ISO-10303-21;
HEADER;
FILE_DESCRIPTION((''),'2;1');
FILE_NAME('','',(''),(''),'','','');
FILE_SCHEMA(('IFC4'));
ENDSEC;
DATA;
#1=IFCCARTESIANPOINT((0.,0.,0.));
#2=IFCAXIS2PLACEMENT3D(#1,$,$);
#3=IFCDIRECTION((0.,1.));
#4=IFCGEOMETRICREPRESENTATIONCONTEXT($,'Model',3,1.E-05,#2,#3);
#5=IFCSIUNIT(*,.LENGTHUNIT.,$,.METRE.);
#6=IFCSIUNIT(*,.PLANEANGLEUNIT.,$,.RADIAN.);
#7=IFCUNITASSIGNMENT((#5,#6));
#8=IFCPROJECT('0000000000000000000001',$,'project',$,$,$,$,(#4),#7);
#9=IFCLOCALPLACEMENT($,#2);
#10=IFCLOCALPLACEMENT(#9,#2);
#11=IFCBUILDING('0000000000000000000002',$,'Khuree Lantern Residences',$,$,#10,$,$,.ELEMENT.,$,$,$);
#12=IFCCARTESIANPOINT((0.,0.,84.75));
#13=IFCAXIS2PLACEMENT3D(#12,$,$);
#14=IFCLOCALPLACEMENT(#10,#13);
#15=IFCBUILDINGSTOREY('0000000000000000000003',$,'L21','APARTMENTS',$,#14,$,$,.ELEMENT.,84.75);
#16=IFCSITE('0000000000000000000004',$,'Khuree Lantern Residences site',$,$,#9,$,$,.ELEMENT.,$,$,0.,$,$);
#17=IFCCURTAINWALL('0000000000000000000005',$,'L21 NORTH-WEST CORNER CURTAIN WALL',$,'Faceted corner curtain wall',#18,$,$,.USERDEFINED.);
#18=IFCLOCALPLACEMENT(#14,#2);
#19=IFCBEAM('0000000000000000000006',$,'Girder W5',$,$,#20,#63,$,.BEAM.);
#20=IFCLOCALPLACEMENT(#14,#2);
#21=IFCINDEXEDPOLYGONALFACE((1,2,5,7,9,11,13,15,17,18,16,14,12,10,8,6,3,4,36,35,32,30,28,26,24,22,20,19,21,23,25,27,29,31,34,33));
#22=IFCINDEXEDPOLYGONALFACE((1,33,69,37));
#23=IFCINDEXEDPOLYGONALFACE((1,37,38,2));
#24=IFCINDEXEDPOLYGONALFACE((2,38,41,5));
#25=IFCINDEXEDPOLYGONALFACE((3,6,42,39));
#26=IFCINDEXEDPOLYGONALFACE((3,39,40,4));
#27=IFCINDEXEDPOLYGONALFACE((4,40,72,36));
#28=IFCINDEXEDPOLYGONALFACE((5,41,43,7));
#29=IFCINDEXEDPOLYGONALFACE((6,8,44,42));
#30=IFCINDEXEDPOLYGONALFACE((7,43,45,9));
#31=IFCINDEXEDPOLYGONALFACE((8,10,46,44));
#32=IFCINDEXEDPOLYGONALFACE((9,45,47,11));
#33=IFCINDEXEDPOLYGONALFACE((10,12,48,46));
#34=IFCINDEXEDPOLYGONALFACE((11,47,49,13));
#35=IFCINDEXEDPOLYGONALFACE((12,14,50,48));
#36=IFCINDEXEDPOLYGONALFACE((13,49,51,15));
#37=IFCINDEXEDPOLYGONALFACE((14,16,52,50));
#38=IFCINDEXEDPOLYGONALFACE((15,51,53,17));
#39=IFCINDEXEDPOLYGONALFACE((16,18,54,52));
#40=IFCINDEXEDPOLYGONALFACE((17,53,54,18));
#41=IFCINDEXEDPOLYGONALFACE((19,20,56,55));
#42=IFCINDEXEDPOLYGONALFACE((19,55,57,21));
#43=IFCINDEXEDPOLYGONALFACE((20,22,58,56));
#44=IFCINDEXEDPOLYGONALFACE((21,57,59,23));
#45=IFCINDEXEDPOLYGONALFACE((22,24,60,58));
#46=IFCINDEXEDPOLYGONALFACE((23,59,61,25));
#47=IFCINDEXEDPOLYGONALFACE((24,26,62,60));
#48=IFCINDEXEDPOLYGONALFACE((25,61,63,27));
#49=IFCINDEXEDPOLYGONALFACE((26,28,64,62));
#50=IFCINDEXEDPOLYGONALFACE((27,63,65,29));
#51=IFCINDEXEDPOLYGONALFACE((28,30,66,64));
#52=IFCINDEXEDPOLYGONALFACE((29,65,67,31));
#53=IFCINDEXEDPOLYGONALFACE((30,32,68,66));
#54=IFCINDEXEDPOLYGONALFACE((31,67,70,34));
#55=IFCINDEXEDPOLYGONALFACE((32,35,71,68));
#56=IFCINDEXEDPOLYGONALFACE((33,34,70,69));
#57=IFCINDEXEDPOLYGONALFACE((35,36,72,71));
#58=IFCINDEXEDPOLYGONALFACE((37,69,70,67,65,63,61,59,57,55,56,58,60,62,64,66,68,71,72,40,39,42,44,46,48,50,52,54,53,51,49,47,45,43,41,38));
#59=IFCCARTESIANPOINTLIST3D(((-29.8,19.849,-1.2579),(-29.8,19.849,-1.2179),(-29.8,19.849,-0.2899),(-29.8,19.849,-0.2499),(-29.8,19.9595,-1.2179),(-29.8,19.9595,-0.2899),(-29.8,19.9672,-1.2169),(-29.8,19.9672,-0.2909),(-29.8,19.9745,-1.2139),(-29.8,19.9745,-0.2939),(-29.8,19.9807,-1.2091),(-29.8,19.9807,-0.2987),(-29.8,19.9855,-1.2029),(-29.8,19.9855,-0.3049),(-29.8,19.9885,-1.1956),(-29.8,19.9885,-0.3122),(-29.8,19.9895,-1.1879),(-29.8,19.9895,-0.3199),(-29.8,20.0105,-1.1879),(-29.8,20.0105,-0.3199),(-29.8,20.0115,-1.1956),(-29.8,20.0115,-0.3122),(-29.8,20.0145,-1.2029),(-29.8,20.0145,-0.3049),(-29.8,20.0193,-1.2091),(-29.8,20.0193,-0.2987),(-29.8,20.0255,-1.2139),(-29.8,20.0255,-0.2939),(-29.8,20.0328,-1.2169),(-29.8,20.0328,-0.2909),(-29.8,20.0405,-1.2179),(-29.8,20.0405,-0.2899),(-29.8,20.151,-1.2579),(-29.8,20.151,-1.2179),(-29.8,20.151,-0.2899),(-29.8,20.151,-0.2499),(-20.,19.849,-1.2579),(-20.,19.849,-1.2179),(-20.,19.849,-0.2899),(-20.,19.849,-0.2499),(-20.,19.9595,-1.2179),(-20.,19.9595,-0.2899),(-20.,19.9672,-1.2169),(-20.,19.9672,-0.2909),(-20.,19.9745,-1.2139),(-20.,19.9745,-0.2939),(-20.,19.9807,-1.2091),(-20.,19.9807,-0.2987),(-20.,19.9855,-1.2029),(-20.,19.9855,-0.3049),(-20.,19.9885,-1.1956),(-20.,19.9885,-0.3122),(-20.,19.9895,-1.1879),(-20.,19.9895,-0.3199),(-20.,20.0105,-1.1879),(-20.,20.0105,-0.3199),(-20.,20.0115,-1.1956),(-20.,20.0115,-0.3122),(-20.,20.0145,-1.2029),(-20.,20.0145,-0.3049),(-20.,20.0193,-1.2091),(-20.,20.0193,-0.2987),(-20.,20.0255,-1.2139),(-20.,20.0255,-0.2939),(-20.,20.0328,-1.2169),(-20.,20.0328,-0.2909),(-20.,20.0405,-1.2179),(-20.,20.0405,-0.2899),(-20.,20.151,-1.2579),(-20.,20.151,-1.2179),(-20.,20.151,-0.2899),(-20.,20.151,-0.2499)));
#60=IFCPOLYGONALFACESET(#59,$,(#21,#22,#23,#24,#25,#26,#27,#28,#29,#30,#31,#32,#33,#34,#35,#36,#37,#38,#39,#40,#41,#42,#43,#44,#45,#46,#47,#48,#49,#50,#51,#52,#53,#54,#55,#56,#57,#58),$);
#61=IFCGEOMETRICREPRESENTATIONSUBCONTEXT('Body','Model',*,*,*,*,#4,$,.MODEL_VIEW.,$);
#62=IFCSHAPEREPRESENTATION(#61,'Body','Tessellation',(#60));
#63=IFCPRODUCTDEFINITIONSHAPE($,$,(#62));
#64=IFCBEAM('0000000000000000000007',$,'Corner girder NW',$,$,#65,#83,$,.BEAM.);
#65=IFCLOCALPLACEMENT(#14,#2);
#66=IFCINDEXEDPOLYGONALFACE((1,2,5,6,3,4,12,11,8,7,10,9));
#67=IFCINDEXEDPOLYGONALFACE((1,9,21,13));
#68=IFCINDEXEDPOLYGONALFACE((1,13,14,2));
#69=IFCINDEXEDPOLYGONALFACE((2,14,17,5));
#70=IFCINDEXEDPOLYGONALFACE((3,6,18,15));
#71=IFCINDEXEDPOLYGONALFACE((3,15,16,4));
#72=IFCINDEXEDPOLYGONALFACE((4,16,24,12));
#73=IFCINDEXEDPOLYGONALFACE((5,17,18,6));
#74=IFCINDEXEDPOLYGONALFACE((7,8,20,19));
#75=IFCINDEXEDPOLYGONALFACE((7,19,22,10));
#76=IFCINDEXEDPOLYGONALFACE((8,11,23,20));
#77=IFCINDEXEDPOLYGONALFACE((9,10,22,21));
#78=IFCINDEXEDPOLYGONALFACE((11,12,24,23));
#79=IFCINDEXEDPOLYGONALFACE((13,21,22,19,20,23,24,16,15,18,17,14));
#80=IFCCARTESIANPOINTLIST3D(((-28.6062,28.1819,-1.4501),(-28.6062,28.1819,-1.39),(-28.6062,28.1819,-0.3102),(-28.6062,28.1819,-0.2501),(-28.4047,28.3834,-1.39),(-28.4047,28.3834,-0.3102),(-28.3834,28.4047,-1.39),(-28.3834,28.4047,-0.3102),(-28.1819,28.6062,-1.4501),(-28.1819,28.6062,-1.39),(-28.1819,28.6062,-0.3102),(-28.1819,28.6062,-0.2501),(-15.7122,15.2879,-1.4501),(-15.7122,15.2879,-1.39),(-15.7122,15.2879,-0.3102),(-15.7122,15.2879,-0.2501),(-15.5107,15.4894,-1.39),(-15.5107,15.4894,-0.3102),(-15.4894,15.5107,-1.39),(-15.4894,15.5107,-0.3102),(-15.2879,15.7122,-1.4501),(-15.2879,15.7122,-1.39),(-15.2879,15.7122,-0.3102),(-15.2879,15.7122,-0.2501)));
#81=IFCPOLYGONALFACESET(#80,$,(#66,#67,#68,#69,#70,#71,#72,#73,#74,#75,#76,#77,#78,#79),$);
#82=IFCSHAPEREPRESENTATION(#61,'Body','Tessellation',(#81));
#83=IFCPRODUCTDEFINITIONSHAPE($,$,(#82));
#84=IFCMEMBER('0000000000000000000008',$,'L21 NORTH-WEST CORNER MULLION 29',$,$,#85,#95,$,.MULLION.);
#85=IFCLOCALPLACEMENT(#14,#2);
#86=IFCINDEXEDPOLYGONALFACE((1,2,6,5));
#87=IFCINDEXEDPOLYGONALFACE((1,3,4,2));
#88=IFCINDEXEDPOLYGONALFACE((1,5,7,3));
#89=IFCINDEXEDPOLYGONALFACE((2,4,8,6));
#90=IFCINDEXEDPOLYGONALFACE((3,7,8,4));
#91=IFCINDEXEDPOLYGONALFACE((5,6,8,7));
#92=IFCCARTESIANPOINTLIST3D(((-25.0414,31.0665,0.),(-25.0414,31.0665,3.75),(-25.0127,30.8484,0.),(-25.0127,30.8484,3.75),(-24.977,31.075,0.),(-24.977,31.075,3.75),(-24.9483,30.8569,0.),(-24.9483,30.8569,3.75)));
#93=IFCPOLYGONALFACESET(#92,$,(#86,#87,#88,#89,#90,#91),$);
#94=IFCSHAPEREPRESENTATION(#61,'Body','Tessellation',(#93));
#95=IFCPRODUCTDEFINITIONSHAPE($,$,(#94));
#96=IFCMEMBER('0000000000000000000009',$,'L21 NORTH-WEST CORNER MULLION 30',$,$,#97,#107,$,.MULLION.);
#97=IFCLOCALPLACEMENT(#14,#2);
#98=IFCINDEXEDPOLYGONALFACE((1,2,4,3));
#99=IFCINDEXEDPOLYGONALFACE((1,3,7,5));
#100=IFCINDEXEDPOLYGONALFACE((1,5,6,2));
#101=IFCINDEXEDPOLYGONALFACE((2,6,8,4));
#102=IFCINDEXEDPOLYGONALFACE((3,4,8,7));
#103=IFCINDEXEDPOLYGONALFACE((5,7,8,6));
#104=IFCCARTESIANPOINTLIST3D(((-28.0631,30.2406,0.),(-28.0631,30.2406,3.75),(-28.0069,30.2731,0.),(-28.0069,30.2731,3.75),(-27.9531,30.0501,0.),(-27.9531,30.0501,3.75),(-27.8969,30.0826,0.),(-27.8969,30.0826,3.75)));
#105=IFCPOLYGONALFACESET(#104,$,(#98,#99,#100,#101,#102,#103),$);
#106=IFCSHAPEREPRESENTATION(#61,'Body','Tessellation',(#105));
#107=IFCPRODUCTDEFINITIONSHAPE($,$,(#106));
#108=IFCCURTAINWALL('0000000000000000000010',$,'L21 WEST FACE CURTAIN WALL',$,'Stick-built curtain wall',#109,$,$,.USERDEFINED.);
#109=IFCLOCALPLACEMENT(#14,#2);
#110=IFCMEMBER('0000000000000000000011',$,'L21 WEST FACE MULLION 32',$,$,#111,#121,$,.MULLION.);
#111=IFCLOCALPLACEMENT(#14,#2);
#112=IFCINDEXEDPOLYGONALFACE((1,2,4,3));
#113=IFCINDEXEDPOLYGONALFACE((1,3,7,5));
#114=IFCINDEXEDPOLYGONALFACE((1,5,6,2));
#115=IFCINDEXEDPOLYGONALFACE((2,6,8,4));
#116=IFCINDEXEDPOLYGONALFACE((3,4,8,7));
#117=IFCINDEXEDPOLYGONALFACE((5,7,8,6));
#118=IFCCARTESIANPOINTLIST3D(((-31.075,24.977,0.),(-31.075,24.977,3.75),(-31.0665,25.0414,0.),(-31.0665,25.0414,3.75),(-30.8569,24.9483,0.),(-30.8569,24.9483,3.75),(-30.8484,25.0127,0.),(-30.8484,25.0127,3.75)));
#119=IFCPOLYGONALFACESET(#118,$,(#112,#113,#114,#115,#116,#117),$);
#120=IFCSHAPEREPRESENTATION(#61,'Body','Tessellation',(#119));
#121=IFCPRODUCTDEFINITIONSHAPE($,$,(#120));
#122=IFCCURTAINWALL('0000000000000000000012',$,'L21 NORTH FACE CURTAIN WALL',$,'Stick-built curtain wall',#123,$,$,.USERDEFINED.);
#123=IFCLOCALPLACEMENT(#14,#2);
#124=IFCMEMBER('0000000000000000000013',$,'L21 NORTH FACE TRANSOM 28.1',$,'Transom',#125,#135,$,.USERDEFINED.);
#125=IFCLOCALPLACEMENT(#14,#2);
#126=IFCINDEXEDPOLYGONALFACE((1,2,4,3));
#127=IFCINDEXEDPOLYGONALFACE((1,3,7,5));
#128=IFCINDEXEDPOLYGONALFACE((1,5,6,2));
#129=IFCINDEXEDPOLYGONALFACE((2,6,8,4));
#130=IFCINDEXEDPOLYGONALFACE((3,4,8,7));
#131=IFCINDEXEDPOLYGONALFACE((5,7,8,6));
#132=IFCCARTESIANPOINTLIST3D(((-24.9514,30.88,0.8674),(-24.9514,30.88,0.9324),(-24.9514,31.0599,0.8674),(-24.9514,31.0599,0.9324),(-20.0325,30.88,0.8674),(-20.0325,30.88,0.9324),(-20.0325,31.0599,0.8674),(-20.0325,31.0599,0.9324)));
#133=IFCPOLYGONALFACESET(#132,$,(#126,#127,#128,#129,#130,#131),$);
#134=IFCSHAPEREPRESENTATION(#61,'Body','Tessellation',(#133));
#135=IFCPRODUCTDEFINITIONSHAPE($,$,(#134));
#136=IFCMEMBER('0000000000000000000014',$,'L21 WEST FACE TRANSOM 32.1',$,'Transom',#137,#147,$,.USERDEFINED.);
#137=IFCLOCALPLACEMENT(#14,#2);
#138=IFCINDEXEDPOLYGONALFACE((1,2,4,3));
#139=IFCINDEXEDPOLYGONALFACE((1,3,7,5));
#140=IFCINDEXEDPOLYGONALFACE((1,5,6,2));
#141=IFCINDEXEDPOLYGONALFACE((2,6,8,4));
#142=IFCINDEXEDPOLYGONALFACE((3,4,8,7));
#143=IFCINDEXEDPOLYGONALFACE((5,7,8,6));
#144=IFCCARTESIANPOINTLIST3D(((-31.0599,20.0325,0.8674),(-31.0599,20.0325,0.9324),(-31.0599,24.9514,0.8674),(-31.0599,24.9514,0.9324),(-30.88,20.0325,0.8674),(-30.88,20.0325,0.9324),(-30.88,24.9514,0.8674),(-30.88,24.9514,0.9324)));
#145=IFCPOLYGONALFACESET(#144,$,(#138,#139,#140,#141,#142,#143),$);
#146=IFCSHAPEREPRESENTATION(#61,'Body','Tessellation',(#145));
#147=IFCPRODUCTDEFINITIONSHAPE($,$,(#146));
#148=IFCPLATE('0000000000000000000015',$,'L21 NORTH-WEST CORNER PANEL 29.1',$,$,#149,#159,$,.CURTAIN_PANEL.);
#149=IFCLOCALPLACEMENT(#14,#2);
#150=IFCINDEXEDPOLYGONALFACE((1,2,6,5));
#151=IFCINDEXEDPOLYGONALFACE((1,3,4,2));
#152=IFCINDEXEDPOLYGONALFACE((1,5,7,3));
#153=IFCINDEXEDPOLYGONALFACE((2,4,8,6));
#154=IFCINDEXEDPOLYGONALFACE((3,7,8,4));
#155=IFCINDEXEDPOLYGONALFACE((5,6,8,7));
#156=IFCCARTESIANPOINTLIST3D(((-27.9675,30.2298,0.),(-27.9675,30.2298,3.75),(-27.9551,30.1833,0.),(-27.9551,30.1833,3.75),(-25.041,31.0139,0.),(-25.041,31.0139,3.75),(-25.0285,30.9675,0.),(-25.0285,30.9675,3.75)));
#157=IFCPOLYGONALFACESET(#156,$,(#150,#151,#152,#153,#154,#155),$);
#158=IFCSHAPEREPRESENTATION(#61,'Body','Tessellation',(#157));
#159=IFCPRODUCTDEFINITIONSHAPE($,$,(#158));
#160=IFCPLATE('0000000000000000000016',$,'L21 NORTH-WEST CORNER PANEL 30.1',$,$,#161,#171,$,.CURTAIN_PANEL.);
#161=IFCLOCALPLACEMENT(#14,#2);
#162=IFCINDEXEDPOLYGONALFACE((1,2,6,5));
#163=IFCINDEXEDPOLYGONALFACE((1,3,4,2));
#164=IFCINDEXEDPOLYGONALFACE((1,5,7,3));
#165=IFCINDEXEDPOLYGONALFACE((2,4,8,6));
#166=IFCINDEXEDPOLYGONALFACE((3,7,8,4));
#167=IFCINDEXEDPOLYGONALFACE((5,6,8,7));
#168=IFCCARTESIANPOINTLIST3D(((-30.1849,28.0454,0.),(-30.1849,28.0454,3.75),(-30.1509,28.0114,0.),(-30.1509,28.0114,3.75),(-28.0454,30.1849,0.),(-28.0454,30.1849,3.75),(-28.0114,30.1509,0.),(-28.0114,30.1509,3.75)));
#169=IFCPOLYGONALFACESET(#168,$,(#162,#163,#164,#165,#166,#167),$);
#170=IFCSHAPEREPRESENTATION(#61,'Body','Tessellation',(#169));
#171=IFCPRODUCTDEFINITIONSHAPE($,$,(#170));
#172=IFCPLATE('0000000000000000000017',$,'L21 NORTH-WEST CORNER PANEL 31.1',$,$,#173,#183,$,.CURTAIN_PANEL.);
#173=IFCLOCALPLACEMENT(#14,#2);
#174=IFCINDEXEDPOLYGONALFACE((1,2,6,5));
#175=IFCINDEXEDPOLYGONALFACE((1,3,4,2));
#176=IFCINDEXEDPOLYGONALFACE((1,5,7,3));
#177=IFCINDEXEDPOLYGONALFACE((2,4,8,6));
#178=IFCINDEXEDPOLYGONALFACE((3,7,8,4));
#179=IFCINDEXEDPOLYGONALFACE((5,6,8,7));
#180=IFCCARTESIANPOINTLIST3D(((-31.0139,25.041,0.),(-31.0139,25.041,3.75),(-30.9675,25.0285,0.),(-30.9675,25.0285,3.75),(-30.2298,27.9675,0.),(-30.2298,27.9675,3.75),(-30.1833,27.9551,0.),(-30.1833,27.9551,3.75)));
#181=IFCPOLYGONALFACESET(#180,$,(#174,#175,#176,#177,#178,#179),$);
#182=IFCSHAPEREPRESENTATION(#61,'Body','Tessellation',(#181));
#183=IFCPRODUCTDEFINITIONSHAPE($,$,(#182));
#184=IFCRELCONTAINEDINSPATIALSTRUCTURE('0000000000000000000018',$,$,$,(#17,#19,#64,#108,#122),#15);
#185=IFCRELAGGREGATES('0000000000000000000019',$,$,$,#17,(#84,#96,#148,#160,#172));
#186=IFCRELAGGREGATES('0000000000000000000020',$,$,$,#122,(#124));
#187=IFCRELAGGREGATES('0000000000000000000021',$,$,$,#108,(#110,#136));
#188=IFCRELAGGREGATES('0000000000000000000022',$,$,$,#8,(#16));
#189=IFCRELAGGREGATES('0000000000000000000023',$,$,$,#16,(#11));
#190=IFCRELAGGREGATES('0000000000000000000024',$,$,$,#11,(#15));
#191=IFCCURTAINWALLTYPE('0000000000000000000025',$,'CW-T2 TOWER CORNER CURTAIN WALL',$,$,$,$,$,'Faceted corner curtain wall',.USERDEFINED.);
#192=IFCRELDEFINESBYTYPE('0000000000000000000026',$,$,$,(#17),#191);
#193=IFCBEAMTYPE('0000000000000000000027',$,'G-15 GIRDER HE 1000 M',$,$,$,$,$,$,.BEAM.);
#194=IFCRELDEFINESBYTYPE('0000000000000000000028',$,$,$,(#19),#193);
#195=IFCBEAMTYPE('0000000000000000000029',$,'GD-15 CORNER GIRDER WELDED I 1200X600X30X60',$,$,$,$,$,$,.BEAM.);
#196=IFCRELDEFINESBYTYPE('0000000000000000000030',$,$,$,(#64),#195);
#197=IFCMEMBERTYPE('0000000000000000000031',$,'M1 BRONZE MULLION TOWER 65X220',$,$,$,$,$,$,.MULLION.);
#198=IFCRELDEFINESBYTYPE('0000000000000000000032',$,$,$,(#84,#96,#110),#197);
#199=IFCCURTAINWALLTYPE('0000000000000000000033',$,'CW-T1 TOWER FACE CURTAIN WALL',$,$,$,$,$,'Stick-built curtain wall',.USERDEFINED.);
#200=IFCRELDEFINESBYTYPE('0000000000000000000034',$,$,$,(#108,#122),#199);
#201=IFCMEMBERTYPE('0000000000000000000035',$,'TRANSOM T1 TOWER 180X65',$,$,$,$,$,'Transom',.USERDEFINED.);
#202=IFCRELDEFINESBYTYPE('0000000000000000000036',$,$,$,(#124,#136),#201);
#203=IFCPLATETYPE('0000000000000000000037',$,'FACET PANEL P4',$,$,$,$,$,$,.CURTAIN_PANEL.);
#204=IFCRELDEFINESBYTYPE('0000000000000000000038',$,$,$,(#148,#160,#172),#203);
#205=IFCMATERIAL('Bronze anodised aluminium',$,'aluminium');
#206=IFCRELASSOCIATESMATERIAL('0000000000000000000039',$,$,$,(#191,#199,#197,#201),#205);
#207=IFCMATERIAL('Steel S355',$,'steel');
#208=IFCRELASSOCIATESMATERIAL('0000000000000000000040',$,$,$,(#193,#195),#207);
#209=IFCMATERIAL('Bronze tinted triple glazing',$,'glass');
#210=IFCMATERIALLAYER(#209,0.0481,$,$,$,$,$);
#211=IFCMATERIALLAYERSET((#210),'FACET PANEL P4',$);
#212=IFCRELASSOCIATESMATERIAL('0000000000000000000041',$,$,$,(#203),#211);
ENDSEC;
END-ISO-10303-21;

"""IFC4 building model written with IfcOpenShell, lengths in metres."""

from ifc_helpers import new_model, si_unit, direction, frame, origin, origin_2d, place, context, subcontext, project, spatial, rectangle, i_section, extrude, material, layer, layer_set, material_profile, profile_set, type_object, element, aggregate, save


model = new_model("IFC4")

# Units and contexts
model_context = context("Model", 3, precision=1e-05, world=origin(), true_north=direction((0.0, 1.0)))
body_context = subcontext(model_context, "Body", "Model", "MODEL_VIEW")
ifc_project = project(units=[si_unit("LENGTHUNIT", "METRE"), si_unit("PLANEANGLEUNIT", "RADIAN")], contexts=[model_context])

# Site, building, storey
site_placement = place(None, origin())
site = spatial("IfcSite", under=ifc_project, at=site_placement, Name="Khuree Lantern Residences site", CompositionType="ELEMENT", RefElevation=0.0)
building_placement = place(site_placement, origin())
building = spatial("IfcBuilding", under=site, at=building_placement, Name="Khuree Lantern Residences", CompositionType="ELEMENT")
storey_placement = place(building_placement, frame((0.0, 0.0, 84.75)))
storey = spatial("IfcBuildingStorey", under=building, at=storey_placement, Name="L21", Description="APARTMENTS", CompositionType="ELEMENT", Elevation=84.75)

# Shared definitions
ifc_material_1 = material(Name="Steel S355", Category="steel")

# Curtain wall
ifc_material_2 = material(Name="Bronze anodised aluminium", Category="aluminium")
curtain_wall_type_1 = type_object("IfcCurtainWallType", Name="CW-T2 TOWER CORNER CURTAIN WALL", ElementType="Faceted corner curtain wall", PredefinedType="USERDEFINED", material=ifc_material_2)
curtain_wall_1_placement = place(storey_placement, origin())
curtain_wall_1 = element("IfcCurtainWall", 1, at=curtain_wall_1_placement, inside=storey, type_object=curtain_wall_type_1, Name="L21 NORTH-WEST CORNER CURTAIN WALL", ObjectType="Faceted corner curtain wall", PredefinedType="USERDEFINED")

# Beams
ifc_material_profile_1 = material_profile(ifc_material_1, i_section(OverallWidth=0.302, OverallDepth=1.0081, WebThickness=0.021, FlangeThickness=0.04, FilletRadius=0.03, at=origin_2d()), Name="HE 1000 M")
ifc_profile_set_1 = profile_set([ifc_material_profile_1], Name="Steel S355")
beam_type_1 = type_object("IfcBeamType", Name="G-15 GIRDER HE 1000 M", PredefinedType="BEAM", material=ifc_profile_set_1)
for number, where, z_axis, x_axis, name in (
    (2, (-29.8, 20.0, -0.7539), (1.0, 0.0, 0.0), (0.0, 1.0, 0.0), "Girder W5"),
):
    element("IfcBeam", number, at=place(storey_placement, frame(where, z_axis=z_axis, x_axis=x_axis)), inside=storey, type_object=beam_type_1, Name=name, PredefinedType="BEAM", context=body_context, shape_type="SweptSolid", body=[
        extrude(i_section(OverallWidth=0.302, OverallDepth=1.0081, WebThickness=0.021, FlangeThickness=0.04, FilletRadius=0.03, at=origin_2d()), origin(), (0.0, 0.0, 1.0), 9.8),
    ])
ifc_material_profile_2 = material_profile(ifc_material_1, i_section(OverallWidth=0.6001, OverallDepth=1.2, WebThickness=0.03, FlangeThickness=0.0601, at=origin_2d()), Name="WELDED I 1200X600X30X60")
ifc_profile_set_2 = profile_set([ifc_material_profile_2], Name="Steel S355")
beam_type_2 = type_object("IfcBeamType", Name="GD-15 CORNER GIRDER WELDED I 1200X600X30X60", PredefinedType="BEAM", material=ifc_profile_set_2)
beam_1_placement = place(storey_placement, frame((-28.394, 28.394, -0.8501), z_axis=(0.707107, -0.707107, 0.0), x_axis=(0.707107, 0.707107, 0.0)))
element("IfcBeam", 3, at=beam_1_placement, inside=storey, type_object=beam_type_2, Name="Corner girder NW", PredefinedType="BEAM", context=body_context, shape_type="SweptSolid", body=[
    extrude(i_section(OverallWidth=0.6001, OverallDepth=1.2, WebThickness=0.03, FlangeThickness=0.0601, at=origin_2d()), origin(), (0.0, 0.0, 1.0), 18.2349),
])

# Members
ifc_material_profile_3 = material_profile(ifc_material_2, rectangle(XDim=0.0649, YDim=0.22, at=origin_2d()), Name="M1 65X220")
ifc_profile_set_3 = profile_set([ifc_material_profile_3], Name="Bronze anodised aluminium")
member_type_1 = type_object("IfcMemberType", Name="M1 BRONZE MULLION TOWER 65X220", PredefinedType="MULLION", material=ifc_profile_set_3)
member_1_placement = place(storey_placement, frame((-24.9949, 30.9617, 0.0), z_axis=(0.0, 0.0, 1.0), x_axis=(-0.991445, -0.130526, 0.0)))
member_1 = element("IfcMember", 4, at=member_1_placement, type_object=member_type_1, Name="L21 NORTH-WEST CORNER MULLION 29", PredefinedType="MULLION", context=body_context, shape_type="SweptSolid", body=[
    extrude(rectangle(XDim=0.0649, YDim=0.22, at=origin_2d()), origin(), (0.0, 0.0, 1.0), 3.75),
])
member_2_placement = place(storey_placement, frame((-27.98, 30.1616, 0.0), z_axis=(0.0, 0.0, 1.0), x_axis=(-0.866025, -0.5, 0.0)))
member_2 = element("IfcMember", 5, at=member_2_placement, type_object=member_type_1, Name="L21 NORTH-WEST CORNER MULLION 30", PredefinedType="MULLION", context=body_context, shape_type="SweptSolid", body=[
    extrude(rectangle(XDim=0.0649, YDim=0.22, at=origin_2d()), origin(), (0.0, 0.0, 1.0), 3.75),
])

# Curtain walls, members
curtain_wall_type_2 = type_object("IfcCurtainWallType", Name="CW-T1 TOWER FACE CURTAIN WALL", ElementType="Stick-built curtain wall", PredefinedType="USERDEFINED", material=ifc_material_2)
curtain_wall_2_placement = place(storey_placement, origin())
curtain_wall_2 = element("IfcCurtainWall", 6, at=curtain_wall_2_placement, inside=storey, type_object=curtain_wall_type_2, Name="L21 WEST FACE CURTAIN WALL", ObjectType="Stick-built curtain wall", PredefinedType="USERDEFINED")
member_3_placement = place(storey_placement, frame((-30.9617, 24.9949, 0.0), z_axis=(0.0, 0.0, 1.0), x_axis=(-0.130526, -0.991445, 0.0)))
member_3 = element("IfcMember", 7, at=member_3_placement, type_object=member_type_1, Name="L21 WEST FACE MULLION 32", PredefinedType="MULLION", context=body_context, shape_type="SweptSolid", body=[
    extrude(rectangle(XDim=0.0649, YDim=0.22, at=origin_2d()), origin(), (0.0, 0.0, 1.0), 3.75),
])
curtain_wall_3_placement = place(storey_placement, origin())
curtain_wall_3 = element("IfcCurtainWall", 8, at=curtain_wall_3_placement, inside=storey, type_object=curtain_wall_type_2, Name="L21 NORTH FACE CURTAIN WALL", ObjectType="Stick-built curtain wall", PredefinedType="USERDEFINED")
ifc_material_profile_4 = material_profile(ifc_material_2, rectangle(XDim=0.1799, YDim=0.0649, at=origin_2d()), Name="T1 180X65")
ifc_profile_set_4 = profile_set([ifc_material_profile_4], Name="Bronze anodised aluminium")
member_type_2 = type_object("IfcMemberType", Name="TRANSOM T1 TOWER 180X65", ElementType="Transom", PredefinedType="USERDEFINED", material=ifc_profile_set_4)
member_4_placement = place(storey_placement, frame((-20.0325, 30.97, 0.8999), z_axis=(-1.0, 0.0, 0.0), x_axis=(0.0, -1.0, 0.0)))
member_4 = element("IfcMember", 9, at=member_4_placement, type_object=member_type_2, Name="L21 NORTH FACE TRANSOM 28.1", ObjectType="Transom", PredefinedType="USERDEFINED", context=body_context, shape_type="SweptSolid", body=[
    extrude(rectangle(XDim=0.1799, YDim=0.0649, at=origin_2d()), origin(), (0.0, 0.0, 1.0), 4.9189),
])

# Member
member_5_placement = place(storey_placement, frame((-30.97, 24.9514, 0.8999), z_axis=(0.0, -1.0, 0.0), x_axis=(1.0, 0.0, 0.0)))
member_5 = element("IfcMember", 10, at=member_5_placement, type_object=member_type_2, Name="L21 WEST FACE TRANSOM 32.1", ObjectType="Transom", PredefinedType="USERDEFINED", context=body_context, shape_type="SweptSolid", body=[
    extrude(rectangle(XDim=0.1799, YDim=0.0649, at=origin_2d()), origin(), (0.0, 0.0, 1.0), 4.9189),
])

# Plates
ifc_material_3 = material(Name="Bronze tinted triple glazing", Category="glass")
ifc_layer_1 = layer(ifc_material_3, 0.0481)
ifc_layer_set_1 = layer_set([ifc_layer_1], Name="FACET PANEL P4")
plate_type_1 = type_object("IfcPlateType", Name="FACET PANEL P4", PredefinedType="CURTAIN_PANEL", material=ifc_layer_set_1)
plate_1_placement = place(storey_placement, frame((-26.498, 30.5986, 0.0), z_axis=(0.0, 0.0, 1.0), x_axis=(-0.965926, -0.258819, 0.0)))
plate_1 = element("IfcPlate", 11, at=plate_1_placement, type_object=plate_type_1, Name="L21 NORTH-WEST CORNER PANEL 29.1", PredefinedType="CURTAIN_PANEL", context=body_context, shape_type="SweptSolid", body=[
    extrude(rectangle(XDim=3.0298, YDim=0.0481, at=origin_2d()), origin(), (0.0, 0.0, 1.0), 3.75),
])
plate_2_placement = place(storey_placement, frame((-29.0981, 29.0981, 0.0), z_axis=(0.0, 0.0, 1.0), x_axis=(-0.707107, -0.707107, 0.0)))
plate_2 = element("IfcPlate", 12, at=plate_2_placement, type_object=plate_type_1, Name="L21 NORTH-WEST CORNER PANEL 30.1", PredefinedType="CURTAIN_PANEL", context=body_context, shape_type="SweptSolid", body=[
    extrude(rectangle(XDim=3.0256, YDim=0.0481, at=origin_2d()), origin(), (0.0, 0.0, 1.0), 3.75),
])
plate_3_placement = place(storey_placement, frame((-30.5986, 26.498, 0.0), z_axis=(0.0, 0.0, 1.0), x_axis=(-0.258819, -0.965926, 0.0)))
plate_3 = element("IfcPlate", 13, at=plate_3_placement, type_object=plate_type_1, Name="L21 NORTH-WEST CORNER PANEL 31.1", PredefinedType="CURTAIN_PANEL", context=body_context, shape_type="SweptSolid", body=[
    extrude(rectangle(XDim=3.0298, YDim=0.0481, at=origin_2d()), origin(), (0.0, 0.0, 1.0), 3.75),
])
aggregate(curtain_wall_1, [member_1, member_2, plate_1, plate_2, plate_3])
aggregate(curtain_wall_3, [member_4])
aggregate(curtain_wall_2, [member_3, member_5])

save(model, "model.ifc")
